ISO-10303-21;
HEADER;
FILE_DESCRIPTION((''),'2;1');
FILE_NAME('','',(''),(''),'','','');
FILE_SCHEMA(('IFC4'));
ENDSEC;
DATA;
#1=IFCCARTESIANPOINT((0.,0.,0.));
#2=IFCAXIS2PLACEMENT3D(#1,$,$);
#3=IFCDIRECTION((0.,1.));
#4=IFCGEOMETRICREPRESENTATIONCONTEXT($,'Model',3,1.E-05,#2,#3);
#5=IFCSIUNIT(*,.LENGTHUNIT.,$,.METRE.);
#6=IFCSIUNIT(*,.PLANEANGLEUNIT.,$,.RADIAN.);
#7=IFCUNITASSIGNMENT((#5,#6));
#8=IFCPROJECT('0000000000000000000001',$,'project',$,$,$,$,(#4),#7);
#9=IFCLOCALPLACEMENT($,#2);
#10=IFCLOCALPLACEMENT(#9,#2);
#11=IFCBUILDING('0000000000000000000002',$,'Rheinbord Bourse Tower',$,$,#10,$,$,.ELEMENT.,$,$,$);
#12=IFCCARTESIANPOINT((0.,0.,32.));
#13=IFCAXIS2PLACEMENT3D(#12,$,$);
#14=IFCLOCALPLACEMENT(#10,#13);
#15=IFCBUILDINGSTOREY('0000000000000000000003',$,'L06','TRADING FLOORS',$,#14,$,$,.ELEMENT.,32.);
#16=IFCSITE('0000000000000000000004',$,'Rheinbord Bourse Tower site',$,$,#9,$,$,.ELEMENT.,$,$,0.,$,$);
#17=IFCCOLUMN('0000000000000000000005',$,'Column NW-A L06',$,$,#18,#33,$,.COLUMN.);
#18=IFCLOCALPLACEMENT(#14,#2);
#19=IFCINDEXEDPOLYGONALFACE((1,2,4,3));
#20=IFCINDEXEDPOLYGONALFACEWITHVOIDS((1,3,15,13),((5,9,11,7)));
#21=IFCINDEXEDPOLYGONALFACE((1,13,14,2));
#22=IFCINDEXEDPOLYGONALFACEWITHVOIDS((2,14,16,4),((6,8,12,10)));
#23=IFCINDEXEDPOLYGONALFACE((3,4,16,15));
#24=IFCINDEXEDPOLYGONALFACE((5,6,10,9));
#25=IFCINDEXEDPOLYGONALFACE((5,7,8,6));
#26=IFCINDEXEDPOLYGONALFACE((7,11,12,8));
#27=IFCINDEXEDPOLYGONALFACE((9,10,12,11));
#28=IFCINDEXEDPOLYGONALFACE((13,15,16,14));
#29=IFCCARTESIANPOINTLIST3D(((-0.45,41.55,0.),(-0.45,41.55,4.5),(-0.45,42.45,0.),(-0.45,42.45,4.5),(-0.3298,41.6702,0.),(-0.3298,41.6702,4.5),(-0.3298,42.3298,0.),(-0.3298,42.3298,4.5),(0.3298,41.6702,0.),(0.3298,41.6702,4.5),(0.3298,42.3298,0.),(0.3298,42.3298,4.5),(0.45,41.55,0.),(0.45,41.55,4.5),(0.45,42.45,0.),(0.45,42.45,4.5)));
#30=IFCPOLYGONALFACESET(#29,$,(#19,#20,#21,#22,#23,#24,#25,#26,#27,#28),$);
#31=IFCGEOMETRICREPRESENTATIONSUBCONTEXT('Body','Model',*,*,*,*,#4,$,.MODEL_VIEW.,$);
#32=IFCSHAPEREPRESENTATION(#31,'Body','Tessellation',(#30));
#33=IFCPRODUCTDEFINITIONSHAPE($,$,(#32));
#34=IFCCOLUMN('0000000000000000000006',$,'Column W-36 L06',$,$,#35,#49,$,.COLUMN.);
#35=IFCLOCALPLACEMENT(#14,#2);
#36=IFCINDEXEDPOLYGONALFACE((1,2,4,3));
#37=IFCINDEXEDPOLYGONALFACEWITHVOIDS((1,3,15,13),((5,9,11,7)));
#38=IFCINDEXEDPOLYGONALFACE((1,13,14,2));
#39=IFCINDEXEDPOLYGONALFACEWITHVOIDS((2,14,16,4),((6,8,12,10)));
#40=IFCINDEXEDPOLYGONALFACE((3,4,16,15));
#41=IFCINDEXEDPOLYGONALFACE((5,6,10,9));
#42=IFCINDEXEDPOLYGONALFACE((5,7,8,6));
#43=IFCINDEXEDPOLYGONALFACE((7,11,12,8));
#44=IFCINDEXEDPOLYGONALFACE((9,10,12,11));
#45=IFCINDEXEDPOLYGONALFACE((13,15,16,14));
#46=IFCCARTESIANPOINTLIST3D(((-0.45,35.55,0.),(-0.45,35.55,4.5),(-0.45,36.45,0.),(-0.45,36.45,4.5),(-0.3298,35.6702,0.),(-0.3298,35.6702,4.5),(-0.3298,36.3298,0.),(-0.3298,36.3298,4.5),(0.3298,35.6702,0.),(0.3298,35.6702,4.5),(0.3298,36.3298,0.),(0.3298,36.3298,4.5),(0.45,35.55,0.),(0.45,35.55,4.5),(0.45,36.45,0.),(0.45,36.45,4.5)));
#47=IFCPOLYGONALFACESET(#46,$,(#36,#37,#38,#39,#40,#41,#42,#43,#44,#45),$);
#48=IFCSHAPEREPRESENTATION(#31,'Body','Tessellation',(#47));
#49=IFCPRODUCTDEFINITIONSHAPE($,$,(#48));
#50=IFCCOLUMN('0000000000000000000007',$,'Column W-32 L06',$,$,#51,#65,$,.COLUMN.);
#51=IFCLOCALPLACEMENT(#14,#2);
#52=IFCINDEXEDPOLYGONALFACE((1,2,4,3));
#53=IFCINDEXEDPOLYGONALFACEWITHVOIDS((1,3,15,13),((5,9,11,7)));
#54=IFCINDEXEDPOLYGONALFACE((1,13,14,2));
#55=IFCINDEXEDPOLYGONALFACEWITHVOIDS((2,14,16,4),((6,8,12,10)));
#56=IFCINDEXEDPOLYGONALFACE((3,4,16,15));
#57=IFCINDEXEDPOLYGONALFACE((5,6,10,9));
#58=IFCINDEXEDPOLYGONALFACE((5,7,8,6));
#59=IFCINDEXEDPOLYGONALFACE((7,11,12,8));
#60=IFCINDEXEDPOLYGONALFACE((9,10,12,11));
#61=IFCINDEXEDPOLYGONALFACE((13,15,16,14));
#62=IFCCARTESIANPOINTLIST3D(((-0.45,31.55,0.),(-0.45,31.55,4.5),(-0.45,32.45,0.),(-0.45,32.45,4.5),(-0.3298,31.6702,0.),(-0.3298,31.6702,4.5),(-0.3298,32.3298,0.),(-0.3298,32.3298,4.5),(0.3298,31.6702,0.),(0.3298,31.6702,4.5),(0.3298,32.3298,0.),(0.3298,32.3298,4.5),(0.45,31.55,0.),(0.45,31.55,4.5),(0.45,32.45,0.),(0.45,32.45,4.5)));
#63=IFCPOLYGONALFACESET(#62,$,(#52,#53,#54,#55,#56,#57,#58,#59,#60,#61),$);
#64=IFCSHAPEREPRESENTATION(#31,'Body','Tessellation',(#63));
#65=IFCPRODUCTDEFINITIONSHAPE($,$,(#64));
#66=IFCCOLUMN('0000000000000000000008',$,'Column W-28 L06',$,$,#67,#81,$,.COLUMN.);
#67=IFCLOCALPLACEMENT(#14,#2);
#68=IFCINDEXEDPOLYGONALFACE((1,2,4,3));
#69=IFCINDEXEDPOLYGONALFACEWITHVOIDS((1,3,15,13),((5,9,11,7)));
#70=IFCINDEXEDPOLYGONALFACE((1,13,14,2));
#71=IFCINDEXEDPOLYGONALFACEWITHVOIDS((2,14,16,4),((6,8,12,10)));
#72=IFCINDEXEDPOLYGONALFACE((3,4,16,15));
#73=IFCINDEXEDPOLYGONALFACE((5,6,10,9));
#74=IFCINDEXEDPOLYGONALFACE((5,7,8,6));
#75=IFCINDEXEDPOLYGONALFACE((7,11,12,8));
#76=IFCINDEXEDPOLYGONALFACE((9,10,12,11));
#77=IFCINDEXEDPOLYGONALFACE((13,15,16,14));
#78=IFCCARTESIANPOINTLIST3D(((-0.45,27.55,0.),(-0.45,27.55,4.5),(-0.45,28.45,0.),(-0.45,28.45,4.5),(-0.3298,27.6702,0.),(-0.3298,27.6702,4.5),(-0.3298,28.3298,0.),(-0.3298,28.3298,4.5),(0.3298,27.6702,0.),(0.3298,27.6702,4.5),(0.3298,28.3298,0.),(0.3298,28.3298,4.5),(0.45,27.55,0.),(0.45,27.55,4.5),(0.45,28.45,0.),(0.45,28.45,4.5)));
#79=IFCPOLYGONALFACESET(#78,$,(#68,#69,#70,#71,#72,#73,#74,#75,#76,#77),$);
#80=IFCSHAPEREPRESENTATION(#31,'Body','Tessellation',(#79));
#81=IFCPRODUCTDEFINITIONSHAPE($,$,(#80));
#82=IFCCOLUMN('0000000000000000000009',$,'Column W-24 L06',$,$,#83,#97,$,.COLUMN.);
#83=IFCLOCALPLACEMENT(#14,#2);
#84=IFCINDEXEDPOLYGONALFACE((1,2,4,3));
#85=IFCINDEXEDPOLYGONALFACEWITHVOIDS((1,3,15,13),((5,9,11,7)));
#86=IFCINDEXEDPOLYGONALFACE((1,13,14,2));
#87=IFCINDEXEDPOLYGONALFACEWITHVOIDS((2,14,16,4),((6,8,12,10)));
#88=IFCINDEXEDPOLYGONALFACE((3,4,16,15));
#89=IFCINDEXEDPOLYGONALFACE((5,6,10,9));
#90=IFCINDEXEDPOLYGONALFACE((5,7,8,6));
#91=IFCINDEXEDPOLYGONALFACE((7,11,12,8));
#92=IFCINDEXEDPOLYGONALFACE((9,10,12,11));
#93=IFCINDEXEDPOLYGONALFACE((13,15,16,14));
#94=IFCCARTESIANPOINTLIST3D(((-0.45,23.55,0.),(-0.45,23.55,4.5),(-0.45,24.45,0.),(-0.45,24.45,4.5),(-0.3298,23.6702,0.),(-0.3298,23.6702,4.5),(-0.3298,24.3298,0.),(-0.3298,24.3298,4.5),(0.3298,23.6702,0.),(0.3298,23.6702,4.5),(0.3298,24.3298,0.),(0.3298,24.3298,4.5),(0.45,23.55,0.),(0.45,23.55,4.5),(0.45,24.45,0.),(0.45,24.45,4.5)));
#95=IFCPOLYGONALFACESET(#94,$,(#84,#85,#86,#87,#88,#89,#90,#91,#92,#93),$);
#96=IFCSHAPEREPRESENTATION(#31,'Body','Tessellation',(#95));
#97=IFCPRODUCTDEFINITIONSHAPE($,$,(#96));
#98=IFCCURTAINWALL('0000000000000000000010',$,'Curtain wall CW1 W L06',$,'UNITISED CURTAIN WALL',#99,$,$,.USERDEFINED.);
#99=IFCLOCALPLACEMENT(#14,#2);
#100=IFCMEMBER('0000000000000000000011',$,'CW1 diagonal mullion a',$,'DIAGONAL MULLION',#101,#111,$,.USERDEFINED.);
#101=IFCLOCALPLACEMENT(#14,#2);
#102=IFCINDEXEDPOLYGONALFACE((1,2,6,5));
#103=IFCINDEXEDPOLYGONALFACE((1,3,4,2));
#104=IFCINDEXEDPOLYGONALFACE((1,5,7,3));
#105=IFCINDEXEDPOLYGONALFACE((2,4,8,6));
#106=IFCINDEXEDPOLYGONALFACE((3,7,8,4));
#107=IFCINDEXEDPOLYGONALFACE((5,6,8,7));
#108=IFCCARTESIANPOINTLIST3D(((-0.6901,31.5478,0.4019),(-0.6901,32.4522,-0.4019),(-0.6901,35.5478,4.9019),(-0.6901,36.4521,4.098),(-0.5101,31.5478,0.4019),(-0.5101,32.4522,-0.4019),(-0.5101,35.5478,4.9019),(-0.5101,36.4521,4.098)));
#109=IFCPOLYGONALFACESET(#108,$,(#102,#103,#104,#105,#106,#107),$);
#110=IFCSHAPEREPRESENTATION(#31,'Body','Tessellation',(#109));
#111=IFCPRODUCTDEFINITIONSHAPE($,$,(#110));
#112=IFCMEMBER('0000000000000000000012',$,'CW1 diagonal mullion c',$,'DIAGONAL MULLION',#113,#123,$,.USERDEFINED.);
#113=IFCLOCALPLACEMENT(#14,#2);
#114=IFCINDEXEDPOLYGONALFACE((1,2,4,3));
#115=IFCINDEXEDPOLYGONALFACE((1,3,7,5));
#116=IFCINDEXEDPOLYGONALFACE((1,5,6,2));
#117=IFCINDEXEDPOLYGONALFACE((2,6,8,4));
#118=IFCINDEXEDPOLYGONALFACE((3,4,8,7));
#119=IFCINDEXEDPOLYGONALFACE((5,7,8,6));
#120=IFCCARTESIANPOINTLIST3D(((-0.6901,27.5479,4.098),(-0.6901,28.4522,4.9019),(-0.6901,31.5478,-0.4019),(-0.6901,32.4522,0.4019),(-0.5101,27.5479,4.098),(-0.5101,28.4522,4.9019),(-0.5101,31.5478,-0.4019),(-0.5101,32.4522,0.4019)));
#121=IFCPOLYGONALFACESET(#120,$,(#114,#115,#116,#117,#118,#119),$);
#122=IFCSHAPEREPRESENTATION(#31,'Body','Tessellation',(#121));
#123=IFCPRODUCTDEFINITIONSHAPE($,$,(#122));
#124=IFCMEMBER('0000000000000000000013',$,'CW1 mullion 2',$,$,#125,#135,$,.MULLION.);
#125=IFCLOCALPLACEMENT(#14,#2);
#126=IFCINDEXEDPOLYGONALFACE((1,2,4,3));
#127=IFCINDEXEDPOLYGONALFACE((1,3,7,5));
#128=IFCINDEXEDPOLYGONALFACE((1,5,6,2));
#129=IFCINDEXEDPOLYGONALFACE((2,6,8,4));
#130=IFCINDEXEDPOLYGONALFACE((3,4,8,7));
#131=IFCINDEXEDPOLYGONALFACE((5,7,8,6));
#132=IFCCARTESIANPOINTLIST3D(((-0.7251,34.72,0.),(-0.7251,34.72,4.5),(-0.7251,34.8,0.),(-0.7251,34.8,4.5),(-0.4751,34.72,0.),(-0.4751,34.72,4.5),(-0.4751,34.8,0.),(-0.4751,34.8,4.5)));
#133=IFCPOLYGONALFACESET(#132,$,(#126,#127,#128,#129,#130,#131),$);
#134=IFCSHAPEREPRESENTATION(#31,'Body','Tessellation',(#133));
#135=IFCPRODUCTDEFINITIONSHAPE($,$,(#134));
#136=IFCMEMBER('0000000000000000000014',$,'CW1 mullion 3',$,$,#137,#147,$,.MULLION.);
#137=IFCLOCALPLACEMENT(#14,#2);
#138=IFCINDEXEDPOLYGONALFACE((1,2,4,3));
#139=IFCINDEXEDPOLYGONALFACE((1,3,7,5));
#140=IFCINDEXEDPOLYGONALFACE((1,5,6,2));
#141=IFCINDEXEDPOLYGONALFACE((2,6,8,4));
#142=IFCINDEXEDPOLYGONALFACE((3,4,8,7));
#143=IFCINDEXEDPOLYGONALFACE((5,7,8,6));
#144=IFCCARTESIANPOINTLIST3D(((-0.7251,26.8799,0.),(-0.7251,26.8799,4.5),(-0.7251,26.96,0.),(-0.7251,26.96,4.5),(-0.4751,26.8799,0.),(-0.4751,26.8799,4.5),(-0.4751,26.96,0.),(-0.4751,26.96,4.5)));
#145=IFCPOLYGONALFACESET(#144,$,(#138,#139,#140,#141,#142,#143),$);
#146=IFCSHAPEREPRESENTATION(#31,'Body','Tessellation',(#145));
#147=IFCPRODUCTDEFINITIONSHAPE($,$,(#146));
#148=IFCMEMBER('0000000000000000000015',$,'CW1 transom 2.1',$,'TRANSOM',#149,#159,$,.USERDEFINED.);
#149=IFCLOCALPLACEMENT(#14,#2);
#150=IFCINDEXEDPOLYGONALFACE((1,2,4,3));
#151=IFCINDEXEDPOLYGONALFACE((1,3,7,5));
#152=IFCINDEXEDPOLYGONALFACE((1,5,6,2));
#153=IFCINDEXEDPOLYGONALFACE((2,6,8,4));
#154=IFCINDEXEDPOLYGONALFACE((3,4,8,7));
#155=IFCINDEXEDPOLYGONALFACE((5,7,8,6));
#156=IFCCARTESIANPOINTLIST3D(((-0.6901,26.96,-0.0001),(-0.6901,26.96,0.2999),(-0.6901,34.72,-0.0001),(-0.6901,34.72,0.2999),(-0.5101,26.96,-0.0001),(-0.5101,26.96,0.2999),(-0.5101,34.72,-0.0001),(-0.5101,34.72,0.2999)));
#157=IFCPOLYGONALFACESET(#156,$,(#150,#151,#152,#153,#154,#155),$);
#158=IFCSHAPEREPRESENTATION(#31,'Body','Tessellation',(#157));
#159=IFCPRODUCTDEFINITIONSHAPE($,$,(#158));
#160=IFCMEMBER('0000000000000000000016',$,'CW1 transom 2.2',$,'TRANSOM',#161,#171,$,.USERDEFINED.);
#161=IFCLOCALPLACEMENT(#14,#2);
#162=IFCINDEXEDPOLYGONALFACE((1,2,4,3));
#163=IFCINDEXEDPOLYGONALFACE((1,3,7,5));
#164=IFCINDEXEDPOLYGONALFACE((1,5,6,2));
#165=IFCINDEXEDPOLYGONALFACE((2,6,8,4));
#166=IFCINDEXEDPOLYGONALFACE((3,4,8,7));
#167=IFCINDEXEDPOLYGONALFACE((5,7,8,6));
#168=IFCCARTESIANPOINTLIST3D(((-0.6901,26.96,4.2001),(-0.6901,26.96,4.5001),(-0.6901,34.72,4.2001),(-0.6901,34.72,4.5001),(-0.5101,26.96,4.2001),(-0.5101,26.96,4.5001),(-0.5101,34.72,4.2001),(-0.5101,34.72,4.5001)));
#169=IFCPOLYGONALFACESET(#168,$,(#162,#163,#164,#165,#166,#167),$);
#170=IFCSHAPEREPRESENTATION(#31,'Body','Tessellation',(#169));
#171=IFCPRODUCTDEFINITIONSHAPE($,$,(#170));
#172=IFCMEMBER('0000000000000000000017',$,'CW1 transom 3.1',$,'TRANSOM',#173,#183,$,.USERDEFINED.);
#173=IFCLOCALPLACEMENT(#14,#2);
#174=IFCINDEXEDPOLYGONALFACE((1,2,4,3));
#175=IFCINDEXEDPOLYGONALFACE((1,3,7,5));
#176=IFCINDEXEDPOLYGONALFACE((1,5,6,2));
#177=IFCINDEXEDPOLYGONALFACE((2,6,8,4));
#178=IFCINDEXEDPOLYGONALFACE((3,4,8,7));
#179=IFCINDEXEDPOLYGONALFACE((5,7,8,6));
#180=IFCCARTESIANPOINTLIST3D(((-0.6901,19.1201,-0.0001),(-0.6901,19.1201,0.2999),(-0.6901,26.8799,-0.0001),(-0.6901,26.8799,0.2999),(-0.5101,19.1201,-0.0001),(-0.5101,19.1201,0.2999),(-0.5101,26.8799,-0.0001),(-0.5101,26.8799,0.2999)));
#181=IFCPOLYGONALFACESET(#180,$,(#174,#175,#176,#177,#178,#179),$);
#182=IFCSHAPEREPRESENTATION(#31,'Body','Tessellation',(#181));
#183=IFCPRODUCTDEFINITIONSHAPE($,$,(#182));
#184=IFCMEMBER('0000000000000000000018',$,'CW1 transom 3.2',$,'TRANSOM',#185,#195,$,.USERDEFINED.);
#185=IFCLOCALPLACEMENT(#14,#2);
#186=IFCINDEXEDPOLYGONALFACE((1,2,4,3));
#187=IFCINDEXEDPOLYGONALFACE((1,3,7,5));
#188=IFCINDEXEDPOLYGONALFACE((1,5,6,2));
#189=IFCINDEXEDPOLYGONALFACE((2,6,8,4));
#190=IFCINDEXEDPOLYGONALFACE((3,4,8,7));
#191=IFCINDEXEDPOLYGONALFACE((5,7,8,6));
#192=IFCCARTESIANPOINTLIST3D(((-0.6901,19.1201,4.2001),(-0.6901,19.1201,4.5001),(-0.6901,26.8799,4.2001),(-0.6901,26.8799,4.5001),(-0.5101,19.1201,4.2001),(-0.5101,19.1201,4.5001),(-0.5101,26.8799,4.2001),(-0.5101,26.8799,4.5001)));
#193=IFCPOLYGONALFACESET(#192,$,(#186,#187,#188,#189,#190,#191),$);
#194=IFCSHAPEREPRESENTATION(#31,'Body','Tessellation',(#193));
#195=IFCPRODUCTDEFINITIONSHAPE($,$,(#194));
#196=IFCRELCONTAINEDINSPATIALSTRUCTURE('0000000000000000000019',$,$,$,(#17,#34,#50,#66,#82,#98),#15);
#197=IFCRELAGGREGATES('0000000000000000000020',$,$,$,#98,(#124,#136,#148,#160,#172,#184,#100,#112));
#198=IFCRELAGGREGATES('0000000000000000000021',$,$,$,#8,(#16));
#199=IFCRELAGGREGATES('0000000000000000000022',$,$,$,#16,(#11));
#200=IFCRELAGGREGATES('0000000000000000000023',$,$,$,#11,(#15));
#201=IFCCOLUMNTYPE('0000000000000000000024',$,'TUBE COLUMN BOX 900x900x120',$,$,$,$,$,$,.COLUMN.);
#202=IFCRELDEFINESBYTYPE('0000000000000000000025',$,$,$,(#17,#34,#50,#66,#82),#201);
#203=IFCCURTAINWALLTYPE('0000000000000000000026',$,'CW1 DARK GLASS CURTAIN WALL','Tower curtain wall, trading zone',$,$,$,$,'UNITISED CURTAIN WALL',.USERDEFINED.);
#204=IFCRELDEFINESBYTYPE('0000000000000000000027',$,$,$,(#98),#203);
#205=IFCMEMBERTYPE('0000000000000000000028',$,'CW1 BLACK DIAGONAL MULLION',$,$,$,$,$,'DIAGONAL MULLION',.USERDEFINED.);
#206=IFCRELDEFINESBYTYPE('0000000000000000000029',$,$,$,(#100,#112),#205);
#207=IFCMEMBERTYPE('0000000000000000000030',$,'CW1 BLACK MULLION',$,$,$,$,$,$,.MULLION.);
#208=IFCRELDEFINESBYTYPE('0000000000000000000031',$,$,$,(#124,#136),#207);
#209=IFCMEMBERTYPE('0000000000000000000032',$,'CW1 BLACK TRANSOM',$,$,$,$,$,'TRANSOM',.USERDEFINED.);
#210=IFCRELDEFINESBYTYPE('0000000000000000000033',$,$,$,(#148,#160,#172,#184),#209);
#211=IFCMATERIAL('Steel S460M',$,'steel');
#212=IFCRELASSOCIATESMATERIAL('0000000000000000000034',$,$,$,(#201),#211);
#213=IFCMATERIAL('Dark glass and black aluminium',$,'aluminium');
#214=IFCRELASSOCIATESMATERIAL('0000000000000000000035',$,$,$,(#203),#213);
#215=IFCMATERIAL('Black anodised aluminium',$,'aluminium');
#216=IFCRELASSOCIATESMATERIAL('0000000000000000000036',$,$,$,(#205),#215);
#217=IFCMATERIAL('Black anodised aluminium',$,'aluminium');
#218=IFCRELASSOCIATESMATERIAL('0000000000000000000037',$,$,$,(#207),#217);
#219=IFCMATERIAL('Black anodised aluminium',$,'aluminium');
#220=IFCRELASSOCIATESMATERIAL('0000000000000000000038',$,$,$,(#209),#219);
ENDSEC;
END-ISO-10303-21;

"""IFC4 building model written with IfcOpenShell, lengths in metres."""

from ifc_helpers import new_model, si_unit, direction, frame, origin, origin_2d, place, context, subcontext, project, spatial, rectangle, hollow_rectangle, extrude, material, material_profile, profile_set, type_object, element, aggregate, save


model = new_model("IFC4")

# Units and contexts
model_context = context("Model", 3, precision=1e-05, world=origin(), true_north=direction((0.0, 1.0)))
body_context = subcontext(model_context, "Body", "Model", "MODEL_VIEW")
ifc_project = project(units=[si_unit("LENGTHUNIT", "METRE"), si_unit("PLANEANGLEUNIT", "RADIAN")], contexts=[model_context])

# Site, building, storey
site_placement = place(None, origin())
site = spatial("IfcSite", under=ifc_project, at=site_placement, Name="Rheinbord Bourse Tower site", CompositionType="ELEMENT", RefElevation=0.0)
building_placement = place(site_placement, origin())
building = spatial("IfcBuilding", under=site, at=building_placement, Name="Rheinbord Bourse Tower", CompositionType="ELEMENT")
storey_placement = place(building_placement, frame((0.0, 0.0, 32.0)))
storey = spatial("IfcBuildingStorey", under=building, at=storey_placement, Name="L06", Description="TRADING FLOORS", CompositionType="ELEMENT", Elevation=32.0)

# Columns
ifc_material_1 = material(Name="Steel S460M", Category="steel")
ifc_material_profile_1 = material_profile(ifc_material_1, hollow_rectangle(XDim=0.8999, YDim=0.8999, WallThickness=0.1201, at=origin_2d()), Name="BOX 900x900x120")
ifc_profile_set_1 = profile_set([ifc_material_profile_1], Name="Steel S460M")
column_type = type_object("IfcColumnType", Name="TUBE COLUMN BOX 900x900x120", PredefinedType="COLUMN", material=ifc_profile_set_1)
for number, where, z_axis, x_axis, name in (
    (1, (0.0, 42.0, 0.0), (0.0, 0.0, 1.0), (1.0, 0.0, 0.0), "Column NW-A L06"),
    (2, (0.0, 36.0, 0.0), (0.0, 0.0, 1.0), (1.0, 0.0, 0.0), "Column W-36 L06"),
    (3, (0.0, 32.0, 0.0), (0.0, 0.0, 1.0), (1.0, 0.0, 0.0), "Column W-32 L06"),
    (4, (0.0, 28.0, 0.0), (0.0, 0.0, 1.0), (1.0, 0.0, 0.0), "Column W-28 L06"),
    (5, (0.0, 24.0, 0.0), (0.0, 0.0, 1.0), (1.0, 0.0, 0.0), "Column W-24 L06"),
):
    element("IfcColumn", number, at=place(storey_placement, frame(where, z_axis=z_axis, x_axis=x_axis)), inside=storey, type_object=column_type, Name=name, PredefinedType="COLUMN", context=body_context, shape_type="SweptSolid", body=[
        extrude(hollow_rectangle(XDim=0.8999, YDim=0.8999, WallThickness=0.1201, at=origin_2d()), origin(), (0.0, 0.0, 1.0), 4.5),
    ])

# Curtain wall, members
ifc_material_2 = material(Name="Dark glass and black aluminium", Category="aluminium")
curtain_wall_type = type_object("IfcCurtainWallType", Name="CW1 DARK GLASS CURTAIN WALL", Description="Tower curtain wall, trading zone", ElementType="UNITISED CURTAIN WALL", PredefinedType="USERDEFINED", material=ifc_material_2)
curtain_wall_placement = place(storey_placement, origin())
curtain_wall = element("IfcCurtainWall", 6, at=curtain_wall_placement, inside=storey, type_object=curtain_wall_type, Name="Curtain wall CW1 W L06", ObjectType="UNITISED CURTAIN WALL", PredefinedType="USERDEFINED")
ifc_material_3 = material(Name="Black anodised aluminium", Category="aluminium")
ifc_material_profile_2 = material_profile(ifc_material_3, rectangle(XDim=0.1799, YDim=1.21, at=origin_2d()), Name="CW1 DIAGONAL MULLION 1210x180")
ifc_profile_set_2 = profile_set([ifc_material_profile_2], Name="Black anodised aluminium")
member_type_1 = type_object("IfcMemberType", Name="CW1 BLACK DIAGONAL MULLION", ElementType="DIAGONAL MULLION", PredefinedType="USERDEFINED", material=ifc_profile_set_2)
member_1_placement = place(storey_placement, frame((-0.6001, 32.0, 0.0), z_axis=(0.0, 0.664364, 0.747409), x_axis=(-1.0, 0.0, 0.0)))
member_1 = element("IfcMember", 7, at=member_1_placement, type_object=member_type_1, Name="CW1 diagonal mullion a", ObjectType="DIAGONAL MULLION", PredefinedType="USERDEFINED", context=body_context, shape_type="SweptSolid", body=[
    extrude(rectangle(XDim=0.1799, YDim=1.21, at=origin_2d()), origin(), (0.0, 0.0, 1.0), 6.0208),
])
member_2_placement = place(storey_placement, frame((-0.6001, 32.0, 0.0), z_axis=(0.0, -0.664364, 0.747409), x_axis=(1.0, 0.0, 0.0)))
member_2 = element("IfcMember", 8, at=member_2_placement, type_object=member_type_1, Name="CW1 diagonal mullion c", ObjectType="DIAGONAL MULLION", PredefinedType="USERDEFINED", context=body_context, shape_type="SweptSolid", body=[
    extrude(rectangle(XDim=0.1799, YDim=1.21, at=origin_2d()), origin(), (0.0, 0.0, 1.0), 6.0208),
])
ifc_material_4 = material(Name="Black anodised aluminium", Category="aluminium")
ifc_material_profile_3 = material_profile(ifc_material_4, rectangle(XDim=0.25, YDim=0.0801, at=origin_2d()), Name="CW1 MULLION 80x250")
ifc_profile_set_3 = profile_set([ifc_material_profile_3], Name="Black anodised aluminium")
member_type_2 = type_object("IfcMemberType", Name="CW1 BLACK MULLION", PredefinedType="MULLION", material=ifc_profile_set_3)
member_3_placement = place(storey_placement, frame((-0.6001, 34.76, 0.0), z_axis=(0.0, 0.0, 1.0), x_axis=(1.0, 0.0, 0.0)))
member_3 = element("IfcMember", 9, at=member_3_placement, type_object=member_type_2, Name="CW1 mullion 2", PredefinedType="MULLION", context=body_context, shape_type="SweptSolid", body=[
    extrude(rectangle(XDim=0.25, YDim=0.0801, at=origin_2d()), origin(), (0.0, 0.0, 1.0), 4.5),
])
member_4_placement = place(storey_placement, frame((-0.6001, 26.9199, 0.0), z_axis=(0.0, 0.0, 1.0), x_axis=(1.0, 0.0, 0.0)))
member_4 = element("IfcMember", 10, at=member_4_placement, type_object=member_type_2, Name="CW1 mullion 3", PredefinedType="MULLION", context=body_context, shape_type="SweptSolid", body=[
    extrude(rectangle(XDim=0.25, YDim=0.0801, at=origin_2d()), origin(), (0.0, 0.0, 1.0), 4.5),
])
ifc_material_5 = material(Name="Black anodised aluminium", Category="aluminium")
ifc_material_profile_4 = material_profile(ifc_material_5, rectangle(XDim=0.1799, YDim=0.3, at=origin_2d()), Name="CW1 TRANSOM 300x180")
ifc_profile_set_4 = profile_set([ifc_material_profile_4], Name="Black anodised aluminium")
member_type_3 = type_object("IfcMemberType", Name="CW1 BLACK TRANSOM", ElementType="TRANSOM", PredefinedType="USERDEFINED", material=ifc_profile_set_4)
member_5_placement = place(storey_placement, frame((-0.6001, 34.72, 0.1499), z_axis=(0.0, -1.0, 0.0), x_axis=(1.0, 0.0, 0.0)))
member_5 = element("IfcMember", 11, at=member_5_placement, type_object=member_type_3, Name="CW1 transom 2.1", ObjectType="TRANSOM", PredefinedType="USERDEFINED", context=body_context, shape_type="SweptSolid", body=[
    extrude(rectangle(XDim=0.1799, YDim=0.3, at=origin_2d()), origin(), (0.0, 0.0, 1.0), 7.76),
])
member_6_placement = place(storey_placement, frame((-0.6001, 34.72, 4.3501), z_axis=(0.0, -1.0, 0.0), x_axis=(1.0, 0.0, 0.0)))
member_6 = element("IfcMember", 12, at=member_6_placement, type_object=member_type_3, Name="CW1 transom 2.2", ObjectType="TRANSOM", PredefinedType="USERDEFINED", context=body_context, shape_type="SweptSolid", body=[
    extrude(rectangle(XDim=0.1799, YDim=0.3, at=origin_2d()), origin(), (0.0, 0.0, 1.0), 7.76),
])
member_7_placement = place(storey_placement, frame((-0.6001, 26.8799, 0.1499), z_axis=(0.0, -1.0, 0.0), x_axis=(1.0, 0.0, 0.0)))
member_7 = element("IfcMember", 13, at=member_7_placement, type_object=member_type_3, Name="CW1 transom 3.1", ObjectType="TRANSOM", PredefinedType="USERDEFINED", context=body_context, shape_type="SweptSolid", body=[
    extrude(rectangle(XDim=0.1799, YDim=0.3, at=origin_2d()), origin(), (0.0, 0.0, 1.0), 7.7598),
])
member_8_placement = place(storey_placement, frame((-0.6001, 26.8799, 4.3501), z_axis=(0.0, -1.0, 0.0), x_axis=(1.0, 0.0, 0.0)))
member_8 = element("IfcMember", 14, at=member_8_placement, type_object=member_type_3, Name="CW1 transom 3.2", ObjectType="TRANSOM", PredefinedType="USERDEFINED", context=body_context, shape_type="SweptSolid", body=[
    extrude(rectangle(XDim=0.1799, YDim=0.3, at=origin_2d()), origin(), (0.0, 0.0, 1.0), 7.7598),
])

aggregate(curtain_wall, [member_3, member_4, member_5, member_6, member_7, member_8, member_1, member_2])

save(model, "model.ifc")
